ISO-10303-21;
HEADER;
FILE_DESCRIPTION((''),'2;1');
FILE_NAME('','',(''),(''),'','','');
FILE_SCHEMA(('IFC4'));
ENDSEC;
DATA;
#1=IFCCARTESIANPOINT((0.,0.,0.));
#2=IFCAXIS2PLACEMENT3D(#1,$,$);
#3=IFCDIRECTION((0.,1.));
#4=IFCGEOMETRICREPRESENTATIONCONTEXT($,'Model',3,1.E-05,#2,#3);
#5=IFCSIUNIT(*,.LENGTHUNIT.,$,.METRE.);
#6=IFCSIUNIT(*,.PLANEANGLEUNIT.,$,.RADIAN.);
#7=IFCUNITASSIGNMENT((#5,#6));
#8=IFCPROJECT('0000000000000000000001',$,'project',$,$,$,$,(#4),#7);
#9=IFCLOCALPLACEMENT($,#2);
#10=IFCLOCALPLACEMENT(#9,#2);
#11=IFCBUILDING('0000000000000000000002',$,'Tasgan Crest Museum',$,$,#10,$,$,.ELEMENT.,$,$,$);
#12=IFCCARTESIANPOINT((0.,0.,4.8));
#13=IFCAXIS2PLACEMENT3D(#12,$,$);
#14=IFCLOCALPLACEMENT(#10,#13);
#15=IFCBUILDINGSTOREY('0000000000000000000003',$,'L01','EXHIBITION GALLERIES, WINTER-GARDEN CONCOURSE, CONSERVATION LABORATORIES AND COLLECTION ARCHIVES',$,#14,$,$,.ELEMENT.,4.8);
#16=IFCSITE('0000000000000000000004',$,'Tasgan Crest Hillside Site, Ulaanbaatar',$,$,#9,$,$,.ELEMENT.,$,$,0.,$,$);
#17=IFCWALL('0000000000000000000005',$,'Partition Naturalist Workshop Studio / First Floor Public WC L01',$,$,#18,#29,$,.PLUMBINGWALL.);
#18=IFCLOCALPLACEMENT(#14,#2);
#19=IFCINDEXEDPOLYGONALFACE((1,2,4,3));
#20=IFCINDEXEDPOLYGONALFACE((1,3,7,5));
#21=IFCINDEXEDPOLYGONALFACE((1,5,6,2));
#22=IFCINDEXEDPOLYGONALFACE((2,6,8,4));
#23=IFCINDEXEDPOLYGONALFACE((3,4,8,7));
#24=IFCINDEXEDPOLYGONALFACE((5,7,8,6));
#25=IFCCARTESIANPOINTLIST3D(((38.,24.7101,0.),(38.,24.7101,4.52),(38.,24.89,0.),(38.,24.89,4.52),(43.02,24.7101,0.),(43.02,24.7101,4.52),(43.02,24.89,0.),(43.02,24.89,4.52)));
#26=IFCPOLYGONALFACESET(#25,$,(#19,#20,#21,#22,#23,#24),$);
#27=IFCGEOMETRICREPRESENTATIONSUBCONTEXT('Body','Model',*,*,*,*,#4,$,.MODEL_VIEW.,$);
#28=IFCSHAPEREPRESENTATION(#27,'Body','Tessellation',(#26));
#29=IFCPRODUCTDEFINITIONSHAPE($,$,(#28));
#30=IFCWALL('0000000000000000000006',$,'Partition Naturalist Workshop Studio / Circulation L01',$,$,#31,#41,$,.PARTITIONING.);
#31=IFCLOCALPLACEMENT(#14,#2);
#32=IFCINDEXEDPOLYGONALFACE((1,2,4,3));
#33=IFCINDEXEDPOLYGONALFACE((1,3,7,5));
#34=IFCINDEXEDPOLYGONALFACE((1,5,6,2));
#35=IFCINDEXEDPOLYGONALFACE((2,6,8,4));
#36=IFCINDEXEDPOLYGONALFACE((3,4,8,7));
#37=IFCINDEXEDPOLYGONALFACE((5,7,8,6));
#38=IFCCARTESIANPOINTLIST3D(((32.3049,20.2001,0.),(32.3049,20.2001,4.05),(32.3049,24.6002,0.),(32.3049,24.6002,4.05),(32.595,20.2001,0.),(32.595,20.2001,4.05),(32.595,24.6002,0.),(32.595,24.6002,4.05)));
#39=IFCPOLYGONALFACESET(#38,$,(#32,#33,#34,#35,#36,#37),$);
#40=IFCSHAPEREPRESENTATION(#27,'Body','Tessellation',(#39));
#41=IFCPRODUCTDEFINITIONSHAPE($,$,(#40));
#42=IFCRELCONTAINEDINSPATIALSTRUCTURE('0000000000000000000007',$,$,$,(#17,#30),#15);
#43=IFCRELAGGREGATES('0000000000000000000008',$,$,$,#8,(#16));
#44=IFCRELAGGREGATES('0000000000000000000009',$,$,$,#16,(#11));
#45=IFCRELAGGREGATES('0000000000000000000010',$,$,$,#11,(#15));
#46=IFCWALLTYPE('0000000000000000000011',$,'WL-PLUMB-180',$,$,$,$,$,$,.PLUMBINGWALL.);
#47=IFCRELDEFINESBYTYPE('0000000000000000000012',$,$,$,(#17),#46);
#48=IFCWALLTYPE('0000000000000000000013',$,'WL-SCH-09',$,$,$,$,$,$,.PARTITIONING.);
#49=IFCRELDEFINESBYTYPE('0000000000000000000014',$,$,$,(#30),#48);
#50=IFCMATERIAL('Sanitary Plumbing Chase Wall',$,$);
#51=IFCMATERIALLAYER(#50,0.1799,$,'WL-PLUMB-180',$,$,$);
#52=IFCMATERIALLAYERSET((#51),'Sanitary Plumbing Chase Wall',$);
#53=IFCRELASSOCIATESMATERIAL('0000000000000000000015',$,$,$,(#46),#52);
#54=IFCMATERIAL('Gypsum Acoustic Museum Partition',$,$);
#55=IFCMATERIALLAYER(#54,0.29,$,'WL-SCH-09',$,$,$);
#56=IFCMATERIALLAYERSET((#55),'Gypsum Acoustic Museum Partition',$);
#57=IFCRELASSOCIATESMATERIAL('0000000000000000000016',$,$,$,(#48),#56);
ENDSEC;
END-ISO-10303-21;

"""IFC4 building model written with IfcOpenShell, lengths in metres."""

from ifc_helpers import new_model, si_unit, direction, frame, frame_2d, origin, place, context, subcontext, project, spatial, rectangle, extrude, material, layer, layer_set, type_object, element, save


model = new_model("IFC4")

# Units and contexts
model_context = context("Model", 3, precision=1e-05, world=origin(), true_north=direction((0.0, 1.0)))
body_context = subcontext(model_context, "Body", "Model", "MODEL_VIEW")
ifc_project = project(units=[si_unit("LENGTHUNIT", "METRE"), si_unit("PLANEANGLEUNIT", "RADIAN")], contexts=[model_context])

# Site, building, storey
site_placement = place(None, origin())
site = spatial("IfcSite", under=ifc_project, at=site_placement, Name="Tasgan Crest Hillside Site, Ulaanbaatar", CompositionType="ELEMENT", RefElevation=0.0)
building_placement = place(site_placement, origin())
building = spatial("IfcBuilding", under=site, at=building_placement, Name="Tasgan Crest Museum", CompositionType="ELEMENT")
storey_placement = place(building_placement, frame((0.0, 0.0, 4.8)))
storey = spatial("IfcBuildingStorey", under=building, at=storey_placement, Name="L01", Description="EXHIBITION GALLERIES, WINTER-GARDEN CONCOURSE, CONSERVATION LABORATORIES AND COLLECTION ARCHIVES", CompositionType="ELEMENT", Elevation=4.8)

# Shared definitions
ifc_material_1 = material(Name="Sanitary Plumbing Chase Wall")
ifc_layer_1 = layer(ifc_material_1, 0.1799, Name="WL-PLUMB-180")
ifc_layer_set_1 = layer_set([ifc_layer_1], Name="Sanitary Plumbing Chase Wall")
wall_type_1 = type_object("IfcWallType", Name="WL-PLUMB-180", PredefinedType="PLUMBINGWALL", material=ifc_layer_set_1)

# Walls
wall_1_placement = place(storey_placement, frame((38.0, 24.8, 0.0), z_axis=(0.0, 0.0, 1.0), x_axis=(1.0, 0.0, 0.0)))
element("IfcWall", 1, at=wall_1_placement, inside=storey, type_object=wall_type_1, Name="Partition Naturalist Workshop Studio / First Floor Public WC L01", PredefinedType="PLUMBINGWALL", context=body_context, shape_type="SweptSolid", body=[
    extrude(rectangle(XDim=5.02, YDim=0.1799, at=frame_2d((2.51, 0.0))), origin(), (0.0, 0.0, 1.0), 4.52),
])
ifc_material_2 = material(Name="Gypsum Acoustic Museum Partition")
ifc_layer_2 = layer(ifc_material_2, 0.29, Name="WL-SCH-09")
ifc_layer_set_2 = layer_set([ifc_layer_2], Name="Gypsum Acoustic Museum Partition")
wall_type_2 = type_object("IfcWallType", Name="WL-SCH-09", PredefinedType="PARTITIONING", material=ifc_layer_set_2)
wall_2_placement = place(storey_placement, frame((32.45, 20.2, 0.0), z_axis=(0.0, 0.0, 1.0), x_axis=(0.0, 1.0, 0.0)))
element("IfcWall", 2, at=wall_2_placement, inside=storey, type_object=wall_type_2, Name="Partition Naturalist Workshop Studio / Circulation L01", PredefinedType="PARTITIONING", context=body_context, shape_type="SweptSolid", body=[
    extrude(rectangle(XDim=4.4001, YDim=0.29, at=frame_2d((2.2002, 0.0))), origin(), (0.0, 0.0, 1.0), 4.05),
])

save(model, "model.ifc")
